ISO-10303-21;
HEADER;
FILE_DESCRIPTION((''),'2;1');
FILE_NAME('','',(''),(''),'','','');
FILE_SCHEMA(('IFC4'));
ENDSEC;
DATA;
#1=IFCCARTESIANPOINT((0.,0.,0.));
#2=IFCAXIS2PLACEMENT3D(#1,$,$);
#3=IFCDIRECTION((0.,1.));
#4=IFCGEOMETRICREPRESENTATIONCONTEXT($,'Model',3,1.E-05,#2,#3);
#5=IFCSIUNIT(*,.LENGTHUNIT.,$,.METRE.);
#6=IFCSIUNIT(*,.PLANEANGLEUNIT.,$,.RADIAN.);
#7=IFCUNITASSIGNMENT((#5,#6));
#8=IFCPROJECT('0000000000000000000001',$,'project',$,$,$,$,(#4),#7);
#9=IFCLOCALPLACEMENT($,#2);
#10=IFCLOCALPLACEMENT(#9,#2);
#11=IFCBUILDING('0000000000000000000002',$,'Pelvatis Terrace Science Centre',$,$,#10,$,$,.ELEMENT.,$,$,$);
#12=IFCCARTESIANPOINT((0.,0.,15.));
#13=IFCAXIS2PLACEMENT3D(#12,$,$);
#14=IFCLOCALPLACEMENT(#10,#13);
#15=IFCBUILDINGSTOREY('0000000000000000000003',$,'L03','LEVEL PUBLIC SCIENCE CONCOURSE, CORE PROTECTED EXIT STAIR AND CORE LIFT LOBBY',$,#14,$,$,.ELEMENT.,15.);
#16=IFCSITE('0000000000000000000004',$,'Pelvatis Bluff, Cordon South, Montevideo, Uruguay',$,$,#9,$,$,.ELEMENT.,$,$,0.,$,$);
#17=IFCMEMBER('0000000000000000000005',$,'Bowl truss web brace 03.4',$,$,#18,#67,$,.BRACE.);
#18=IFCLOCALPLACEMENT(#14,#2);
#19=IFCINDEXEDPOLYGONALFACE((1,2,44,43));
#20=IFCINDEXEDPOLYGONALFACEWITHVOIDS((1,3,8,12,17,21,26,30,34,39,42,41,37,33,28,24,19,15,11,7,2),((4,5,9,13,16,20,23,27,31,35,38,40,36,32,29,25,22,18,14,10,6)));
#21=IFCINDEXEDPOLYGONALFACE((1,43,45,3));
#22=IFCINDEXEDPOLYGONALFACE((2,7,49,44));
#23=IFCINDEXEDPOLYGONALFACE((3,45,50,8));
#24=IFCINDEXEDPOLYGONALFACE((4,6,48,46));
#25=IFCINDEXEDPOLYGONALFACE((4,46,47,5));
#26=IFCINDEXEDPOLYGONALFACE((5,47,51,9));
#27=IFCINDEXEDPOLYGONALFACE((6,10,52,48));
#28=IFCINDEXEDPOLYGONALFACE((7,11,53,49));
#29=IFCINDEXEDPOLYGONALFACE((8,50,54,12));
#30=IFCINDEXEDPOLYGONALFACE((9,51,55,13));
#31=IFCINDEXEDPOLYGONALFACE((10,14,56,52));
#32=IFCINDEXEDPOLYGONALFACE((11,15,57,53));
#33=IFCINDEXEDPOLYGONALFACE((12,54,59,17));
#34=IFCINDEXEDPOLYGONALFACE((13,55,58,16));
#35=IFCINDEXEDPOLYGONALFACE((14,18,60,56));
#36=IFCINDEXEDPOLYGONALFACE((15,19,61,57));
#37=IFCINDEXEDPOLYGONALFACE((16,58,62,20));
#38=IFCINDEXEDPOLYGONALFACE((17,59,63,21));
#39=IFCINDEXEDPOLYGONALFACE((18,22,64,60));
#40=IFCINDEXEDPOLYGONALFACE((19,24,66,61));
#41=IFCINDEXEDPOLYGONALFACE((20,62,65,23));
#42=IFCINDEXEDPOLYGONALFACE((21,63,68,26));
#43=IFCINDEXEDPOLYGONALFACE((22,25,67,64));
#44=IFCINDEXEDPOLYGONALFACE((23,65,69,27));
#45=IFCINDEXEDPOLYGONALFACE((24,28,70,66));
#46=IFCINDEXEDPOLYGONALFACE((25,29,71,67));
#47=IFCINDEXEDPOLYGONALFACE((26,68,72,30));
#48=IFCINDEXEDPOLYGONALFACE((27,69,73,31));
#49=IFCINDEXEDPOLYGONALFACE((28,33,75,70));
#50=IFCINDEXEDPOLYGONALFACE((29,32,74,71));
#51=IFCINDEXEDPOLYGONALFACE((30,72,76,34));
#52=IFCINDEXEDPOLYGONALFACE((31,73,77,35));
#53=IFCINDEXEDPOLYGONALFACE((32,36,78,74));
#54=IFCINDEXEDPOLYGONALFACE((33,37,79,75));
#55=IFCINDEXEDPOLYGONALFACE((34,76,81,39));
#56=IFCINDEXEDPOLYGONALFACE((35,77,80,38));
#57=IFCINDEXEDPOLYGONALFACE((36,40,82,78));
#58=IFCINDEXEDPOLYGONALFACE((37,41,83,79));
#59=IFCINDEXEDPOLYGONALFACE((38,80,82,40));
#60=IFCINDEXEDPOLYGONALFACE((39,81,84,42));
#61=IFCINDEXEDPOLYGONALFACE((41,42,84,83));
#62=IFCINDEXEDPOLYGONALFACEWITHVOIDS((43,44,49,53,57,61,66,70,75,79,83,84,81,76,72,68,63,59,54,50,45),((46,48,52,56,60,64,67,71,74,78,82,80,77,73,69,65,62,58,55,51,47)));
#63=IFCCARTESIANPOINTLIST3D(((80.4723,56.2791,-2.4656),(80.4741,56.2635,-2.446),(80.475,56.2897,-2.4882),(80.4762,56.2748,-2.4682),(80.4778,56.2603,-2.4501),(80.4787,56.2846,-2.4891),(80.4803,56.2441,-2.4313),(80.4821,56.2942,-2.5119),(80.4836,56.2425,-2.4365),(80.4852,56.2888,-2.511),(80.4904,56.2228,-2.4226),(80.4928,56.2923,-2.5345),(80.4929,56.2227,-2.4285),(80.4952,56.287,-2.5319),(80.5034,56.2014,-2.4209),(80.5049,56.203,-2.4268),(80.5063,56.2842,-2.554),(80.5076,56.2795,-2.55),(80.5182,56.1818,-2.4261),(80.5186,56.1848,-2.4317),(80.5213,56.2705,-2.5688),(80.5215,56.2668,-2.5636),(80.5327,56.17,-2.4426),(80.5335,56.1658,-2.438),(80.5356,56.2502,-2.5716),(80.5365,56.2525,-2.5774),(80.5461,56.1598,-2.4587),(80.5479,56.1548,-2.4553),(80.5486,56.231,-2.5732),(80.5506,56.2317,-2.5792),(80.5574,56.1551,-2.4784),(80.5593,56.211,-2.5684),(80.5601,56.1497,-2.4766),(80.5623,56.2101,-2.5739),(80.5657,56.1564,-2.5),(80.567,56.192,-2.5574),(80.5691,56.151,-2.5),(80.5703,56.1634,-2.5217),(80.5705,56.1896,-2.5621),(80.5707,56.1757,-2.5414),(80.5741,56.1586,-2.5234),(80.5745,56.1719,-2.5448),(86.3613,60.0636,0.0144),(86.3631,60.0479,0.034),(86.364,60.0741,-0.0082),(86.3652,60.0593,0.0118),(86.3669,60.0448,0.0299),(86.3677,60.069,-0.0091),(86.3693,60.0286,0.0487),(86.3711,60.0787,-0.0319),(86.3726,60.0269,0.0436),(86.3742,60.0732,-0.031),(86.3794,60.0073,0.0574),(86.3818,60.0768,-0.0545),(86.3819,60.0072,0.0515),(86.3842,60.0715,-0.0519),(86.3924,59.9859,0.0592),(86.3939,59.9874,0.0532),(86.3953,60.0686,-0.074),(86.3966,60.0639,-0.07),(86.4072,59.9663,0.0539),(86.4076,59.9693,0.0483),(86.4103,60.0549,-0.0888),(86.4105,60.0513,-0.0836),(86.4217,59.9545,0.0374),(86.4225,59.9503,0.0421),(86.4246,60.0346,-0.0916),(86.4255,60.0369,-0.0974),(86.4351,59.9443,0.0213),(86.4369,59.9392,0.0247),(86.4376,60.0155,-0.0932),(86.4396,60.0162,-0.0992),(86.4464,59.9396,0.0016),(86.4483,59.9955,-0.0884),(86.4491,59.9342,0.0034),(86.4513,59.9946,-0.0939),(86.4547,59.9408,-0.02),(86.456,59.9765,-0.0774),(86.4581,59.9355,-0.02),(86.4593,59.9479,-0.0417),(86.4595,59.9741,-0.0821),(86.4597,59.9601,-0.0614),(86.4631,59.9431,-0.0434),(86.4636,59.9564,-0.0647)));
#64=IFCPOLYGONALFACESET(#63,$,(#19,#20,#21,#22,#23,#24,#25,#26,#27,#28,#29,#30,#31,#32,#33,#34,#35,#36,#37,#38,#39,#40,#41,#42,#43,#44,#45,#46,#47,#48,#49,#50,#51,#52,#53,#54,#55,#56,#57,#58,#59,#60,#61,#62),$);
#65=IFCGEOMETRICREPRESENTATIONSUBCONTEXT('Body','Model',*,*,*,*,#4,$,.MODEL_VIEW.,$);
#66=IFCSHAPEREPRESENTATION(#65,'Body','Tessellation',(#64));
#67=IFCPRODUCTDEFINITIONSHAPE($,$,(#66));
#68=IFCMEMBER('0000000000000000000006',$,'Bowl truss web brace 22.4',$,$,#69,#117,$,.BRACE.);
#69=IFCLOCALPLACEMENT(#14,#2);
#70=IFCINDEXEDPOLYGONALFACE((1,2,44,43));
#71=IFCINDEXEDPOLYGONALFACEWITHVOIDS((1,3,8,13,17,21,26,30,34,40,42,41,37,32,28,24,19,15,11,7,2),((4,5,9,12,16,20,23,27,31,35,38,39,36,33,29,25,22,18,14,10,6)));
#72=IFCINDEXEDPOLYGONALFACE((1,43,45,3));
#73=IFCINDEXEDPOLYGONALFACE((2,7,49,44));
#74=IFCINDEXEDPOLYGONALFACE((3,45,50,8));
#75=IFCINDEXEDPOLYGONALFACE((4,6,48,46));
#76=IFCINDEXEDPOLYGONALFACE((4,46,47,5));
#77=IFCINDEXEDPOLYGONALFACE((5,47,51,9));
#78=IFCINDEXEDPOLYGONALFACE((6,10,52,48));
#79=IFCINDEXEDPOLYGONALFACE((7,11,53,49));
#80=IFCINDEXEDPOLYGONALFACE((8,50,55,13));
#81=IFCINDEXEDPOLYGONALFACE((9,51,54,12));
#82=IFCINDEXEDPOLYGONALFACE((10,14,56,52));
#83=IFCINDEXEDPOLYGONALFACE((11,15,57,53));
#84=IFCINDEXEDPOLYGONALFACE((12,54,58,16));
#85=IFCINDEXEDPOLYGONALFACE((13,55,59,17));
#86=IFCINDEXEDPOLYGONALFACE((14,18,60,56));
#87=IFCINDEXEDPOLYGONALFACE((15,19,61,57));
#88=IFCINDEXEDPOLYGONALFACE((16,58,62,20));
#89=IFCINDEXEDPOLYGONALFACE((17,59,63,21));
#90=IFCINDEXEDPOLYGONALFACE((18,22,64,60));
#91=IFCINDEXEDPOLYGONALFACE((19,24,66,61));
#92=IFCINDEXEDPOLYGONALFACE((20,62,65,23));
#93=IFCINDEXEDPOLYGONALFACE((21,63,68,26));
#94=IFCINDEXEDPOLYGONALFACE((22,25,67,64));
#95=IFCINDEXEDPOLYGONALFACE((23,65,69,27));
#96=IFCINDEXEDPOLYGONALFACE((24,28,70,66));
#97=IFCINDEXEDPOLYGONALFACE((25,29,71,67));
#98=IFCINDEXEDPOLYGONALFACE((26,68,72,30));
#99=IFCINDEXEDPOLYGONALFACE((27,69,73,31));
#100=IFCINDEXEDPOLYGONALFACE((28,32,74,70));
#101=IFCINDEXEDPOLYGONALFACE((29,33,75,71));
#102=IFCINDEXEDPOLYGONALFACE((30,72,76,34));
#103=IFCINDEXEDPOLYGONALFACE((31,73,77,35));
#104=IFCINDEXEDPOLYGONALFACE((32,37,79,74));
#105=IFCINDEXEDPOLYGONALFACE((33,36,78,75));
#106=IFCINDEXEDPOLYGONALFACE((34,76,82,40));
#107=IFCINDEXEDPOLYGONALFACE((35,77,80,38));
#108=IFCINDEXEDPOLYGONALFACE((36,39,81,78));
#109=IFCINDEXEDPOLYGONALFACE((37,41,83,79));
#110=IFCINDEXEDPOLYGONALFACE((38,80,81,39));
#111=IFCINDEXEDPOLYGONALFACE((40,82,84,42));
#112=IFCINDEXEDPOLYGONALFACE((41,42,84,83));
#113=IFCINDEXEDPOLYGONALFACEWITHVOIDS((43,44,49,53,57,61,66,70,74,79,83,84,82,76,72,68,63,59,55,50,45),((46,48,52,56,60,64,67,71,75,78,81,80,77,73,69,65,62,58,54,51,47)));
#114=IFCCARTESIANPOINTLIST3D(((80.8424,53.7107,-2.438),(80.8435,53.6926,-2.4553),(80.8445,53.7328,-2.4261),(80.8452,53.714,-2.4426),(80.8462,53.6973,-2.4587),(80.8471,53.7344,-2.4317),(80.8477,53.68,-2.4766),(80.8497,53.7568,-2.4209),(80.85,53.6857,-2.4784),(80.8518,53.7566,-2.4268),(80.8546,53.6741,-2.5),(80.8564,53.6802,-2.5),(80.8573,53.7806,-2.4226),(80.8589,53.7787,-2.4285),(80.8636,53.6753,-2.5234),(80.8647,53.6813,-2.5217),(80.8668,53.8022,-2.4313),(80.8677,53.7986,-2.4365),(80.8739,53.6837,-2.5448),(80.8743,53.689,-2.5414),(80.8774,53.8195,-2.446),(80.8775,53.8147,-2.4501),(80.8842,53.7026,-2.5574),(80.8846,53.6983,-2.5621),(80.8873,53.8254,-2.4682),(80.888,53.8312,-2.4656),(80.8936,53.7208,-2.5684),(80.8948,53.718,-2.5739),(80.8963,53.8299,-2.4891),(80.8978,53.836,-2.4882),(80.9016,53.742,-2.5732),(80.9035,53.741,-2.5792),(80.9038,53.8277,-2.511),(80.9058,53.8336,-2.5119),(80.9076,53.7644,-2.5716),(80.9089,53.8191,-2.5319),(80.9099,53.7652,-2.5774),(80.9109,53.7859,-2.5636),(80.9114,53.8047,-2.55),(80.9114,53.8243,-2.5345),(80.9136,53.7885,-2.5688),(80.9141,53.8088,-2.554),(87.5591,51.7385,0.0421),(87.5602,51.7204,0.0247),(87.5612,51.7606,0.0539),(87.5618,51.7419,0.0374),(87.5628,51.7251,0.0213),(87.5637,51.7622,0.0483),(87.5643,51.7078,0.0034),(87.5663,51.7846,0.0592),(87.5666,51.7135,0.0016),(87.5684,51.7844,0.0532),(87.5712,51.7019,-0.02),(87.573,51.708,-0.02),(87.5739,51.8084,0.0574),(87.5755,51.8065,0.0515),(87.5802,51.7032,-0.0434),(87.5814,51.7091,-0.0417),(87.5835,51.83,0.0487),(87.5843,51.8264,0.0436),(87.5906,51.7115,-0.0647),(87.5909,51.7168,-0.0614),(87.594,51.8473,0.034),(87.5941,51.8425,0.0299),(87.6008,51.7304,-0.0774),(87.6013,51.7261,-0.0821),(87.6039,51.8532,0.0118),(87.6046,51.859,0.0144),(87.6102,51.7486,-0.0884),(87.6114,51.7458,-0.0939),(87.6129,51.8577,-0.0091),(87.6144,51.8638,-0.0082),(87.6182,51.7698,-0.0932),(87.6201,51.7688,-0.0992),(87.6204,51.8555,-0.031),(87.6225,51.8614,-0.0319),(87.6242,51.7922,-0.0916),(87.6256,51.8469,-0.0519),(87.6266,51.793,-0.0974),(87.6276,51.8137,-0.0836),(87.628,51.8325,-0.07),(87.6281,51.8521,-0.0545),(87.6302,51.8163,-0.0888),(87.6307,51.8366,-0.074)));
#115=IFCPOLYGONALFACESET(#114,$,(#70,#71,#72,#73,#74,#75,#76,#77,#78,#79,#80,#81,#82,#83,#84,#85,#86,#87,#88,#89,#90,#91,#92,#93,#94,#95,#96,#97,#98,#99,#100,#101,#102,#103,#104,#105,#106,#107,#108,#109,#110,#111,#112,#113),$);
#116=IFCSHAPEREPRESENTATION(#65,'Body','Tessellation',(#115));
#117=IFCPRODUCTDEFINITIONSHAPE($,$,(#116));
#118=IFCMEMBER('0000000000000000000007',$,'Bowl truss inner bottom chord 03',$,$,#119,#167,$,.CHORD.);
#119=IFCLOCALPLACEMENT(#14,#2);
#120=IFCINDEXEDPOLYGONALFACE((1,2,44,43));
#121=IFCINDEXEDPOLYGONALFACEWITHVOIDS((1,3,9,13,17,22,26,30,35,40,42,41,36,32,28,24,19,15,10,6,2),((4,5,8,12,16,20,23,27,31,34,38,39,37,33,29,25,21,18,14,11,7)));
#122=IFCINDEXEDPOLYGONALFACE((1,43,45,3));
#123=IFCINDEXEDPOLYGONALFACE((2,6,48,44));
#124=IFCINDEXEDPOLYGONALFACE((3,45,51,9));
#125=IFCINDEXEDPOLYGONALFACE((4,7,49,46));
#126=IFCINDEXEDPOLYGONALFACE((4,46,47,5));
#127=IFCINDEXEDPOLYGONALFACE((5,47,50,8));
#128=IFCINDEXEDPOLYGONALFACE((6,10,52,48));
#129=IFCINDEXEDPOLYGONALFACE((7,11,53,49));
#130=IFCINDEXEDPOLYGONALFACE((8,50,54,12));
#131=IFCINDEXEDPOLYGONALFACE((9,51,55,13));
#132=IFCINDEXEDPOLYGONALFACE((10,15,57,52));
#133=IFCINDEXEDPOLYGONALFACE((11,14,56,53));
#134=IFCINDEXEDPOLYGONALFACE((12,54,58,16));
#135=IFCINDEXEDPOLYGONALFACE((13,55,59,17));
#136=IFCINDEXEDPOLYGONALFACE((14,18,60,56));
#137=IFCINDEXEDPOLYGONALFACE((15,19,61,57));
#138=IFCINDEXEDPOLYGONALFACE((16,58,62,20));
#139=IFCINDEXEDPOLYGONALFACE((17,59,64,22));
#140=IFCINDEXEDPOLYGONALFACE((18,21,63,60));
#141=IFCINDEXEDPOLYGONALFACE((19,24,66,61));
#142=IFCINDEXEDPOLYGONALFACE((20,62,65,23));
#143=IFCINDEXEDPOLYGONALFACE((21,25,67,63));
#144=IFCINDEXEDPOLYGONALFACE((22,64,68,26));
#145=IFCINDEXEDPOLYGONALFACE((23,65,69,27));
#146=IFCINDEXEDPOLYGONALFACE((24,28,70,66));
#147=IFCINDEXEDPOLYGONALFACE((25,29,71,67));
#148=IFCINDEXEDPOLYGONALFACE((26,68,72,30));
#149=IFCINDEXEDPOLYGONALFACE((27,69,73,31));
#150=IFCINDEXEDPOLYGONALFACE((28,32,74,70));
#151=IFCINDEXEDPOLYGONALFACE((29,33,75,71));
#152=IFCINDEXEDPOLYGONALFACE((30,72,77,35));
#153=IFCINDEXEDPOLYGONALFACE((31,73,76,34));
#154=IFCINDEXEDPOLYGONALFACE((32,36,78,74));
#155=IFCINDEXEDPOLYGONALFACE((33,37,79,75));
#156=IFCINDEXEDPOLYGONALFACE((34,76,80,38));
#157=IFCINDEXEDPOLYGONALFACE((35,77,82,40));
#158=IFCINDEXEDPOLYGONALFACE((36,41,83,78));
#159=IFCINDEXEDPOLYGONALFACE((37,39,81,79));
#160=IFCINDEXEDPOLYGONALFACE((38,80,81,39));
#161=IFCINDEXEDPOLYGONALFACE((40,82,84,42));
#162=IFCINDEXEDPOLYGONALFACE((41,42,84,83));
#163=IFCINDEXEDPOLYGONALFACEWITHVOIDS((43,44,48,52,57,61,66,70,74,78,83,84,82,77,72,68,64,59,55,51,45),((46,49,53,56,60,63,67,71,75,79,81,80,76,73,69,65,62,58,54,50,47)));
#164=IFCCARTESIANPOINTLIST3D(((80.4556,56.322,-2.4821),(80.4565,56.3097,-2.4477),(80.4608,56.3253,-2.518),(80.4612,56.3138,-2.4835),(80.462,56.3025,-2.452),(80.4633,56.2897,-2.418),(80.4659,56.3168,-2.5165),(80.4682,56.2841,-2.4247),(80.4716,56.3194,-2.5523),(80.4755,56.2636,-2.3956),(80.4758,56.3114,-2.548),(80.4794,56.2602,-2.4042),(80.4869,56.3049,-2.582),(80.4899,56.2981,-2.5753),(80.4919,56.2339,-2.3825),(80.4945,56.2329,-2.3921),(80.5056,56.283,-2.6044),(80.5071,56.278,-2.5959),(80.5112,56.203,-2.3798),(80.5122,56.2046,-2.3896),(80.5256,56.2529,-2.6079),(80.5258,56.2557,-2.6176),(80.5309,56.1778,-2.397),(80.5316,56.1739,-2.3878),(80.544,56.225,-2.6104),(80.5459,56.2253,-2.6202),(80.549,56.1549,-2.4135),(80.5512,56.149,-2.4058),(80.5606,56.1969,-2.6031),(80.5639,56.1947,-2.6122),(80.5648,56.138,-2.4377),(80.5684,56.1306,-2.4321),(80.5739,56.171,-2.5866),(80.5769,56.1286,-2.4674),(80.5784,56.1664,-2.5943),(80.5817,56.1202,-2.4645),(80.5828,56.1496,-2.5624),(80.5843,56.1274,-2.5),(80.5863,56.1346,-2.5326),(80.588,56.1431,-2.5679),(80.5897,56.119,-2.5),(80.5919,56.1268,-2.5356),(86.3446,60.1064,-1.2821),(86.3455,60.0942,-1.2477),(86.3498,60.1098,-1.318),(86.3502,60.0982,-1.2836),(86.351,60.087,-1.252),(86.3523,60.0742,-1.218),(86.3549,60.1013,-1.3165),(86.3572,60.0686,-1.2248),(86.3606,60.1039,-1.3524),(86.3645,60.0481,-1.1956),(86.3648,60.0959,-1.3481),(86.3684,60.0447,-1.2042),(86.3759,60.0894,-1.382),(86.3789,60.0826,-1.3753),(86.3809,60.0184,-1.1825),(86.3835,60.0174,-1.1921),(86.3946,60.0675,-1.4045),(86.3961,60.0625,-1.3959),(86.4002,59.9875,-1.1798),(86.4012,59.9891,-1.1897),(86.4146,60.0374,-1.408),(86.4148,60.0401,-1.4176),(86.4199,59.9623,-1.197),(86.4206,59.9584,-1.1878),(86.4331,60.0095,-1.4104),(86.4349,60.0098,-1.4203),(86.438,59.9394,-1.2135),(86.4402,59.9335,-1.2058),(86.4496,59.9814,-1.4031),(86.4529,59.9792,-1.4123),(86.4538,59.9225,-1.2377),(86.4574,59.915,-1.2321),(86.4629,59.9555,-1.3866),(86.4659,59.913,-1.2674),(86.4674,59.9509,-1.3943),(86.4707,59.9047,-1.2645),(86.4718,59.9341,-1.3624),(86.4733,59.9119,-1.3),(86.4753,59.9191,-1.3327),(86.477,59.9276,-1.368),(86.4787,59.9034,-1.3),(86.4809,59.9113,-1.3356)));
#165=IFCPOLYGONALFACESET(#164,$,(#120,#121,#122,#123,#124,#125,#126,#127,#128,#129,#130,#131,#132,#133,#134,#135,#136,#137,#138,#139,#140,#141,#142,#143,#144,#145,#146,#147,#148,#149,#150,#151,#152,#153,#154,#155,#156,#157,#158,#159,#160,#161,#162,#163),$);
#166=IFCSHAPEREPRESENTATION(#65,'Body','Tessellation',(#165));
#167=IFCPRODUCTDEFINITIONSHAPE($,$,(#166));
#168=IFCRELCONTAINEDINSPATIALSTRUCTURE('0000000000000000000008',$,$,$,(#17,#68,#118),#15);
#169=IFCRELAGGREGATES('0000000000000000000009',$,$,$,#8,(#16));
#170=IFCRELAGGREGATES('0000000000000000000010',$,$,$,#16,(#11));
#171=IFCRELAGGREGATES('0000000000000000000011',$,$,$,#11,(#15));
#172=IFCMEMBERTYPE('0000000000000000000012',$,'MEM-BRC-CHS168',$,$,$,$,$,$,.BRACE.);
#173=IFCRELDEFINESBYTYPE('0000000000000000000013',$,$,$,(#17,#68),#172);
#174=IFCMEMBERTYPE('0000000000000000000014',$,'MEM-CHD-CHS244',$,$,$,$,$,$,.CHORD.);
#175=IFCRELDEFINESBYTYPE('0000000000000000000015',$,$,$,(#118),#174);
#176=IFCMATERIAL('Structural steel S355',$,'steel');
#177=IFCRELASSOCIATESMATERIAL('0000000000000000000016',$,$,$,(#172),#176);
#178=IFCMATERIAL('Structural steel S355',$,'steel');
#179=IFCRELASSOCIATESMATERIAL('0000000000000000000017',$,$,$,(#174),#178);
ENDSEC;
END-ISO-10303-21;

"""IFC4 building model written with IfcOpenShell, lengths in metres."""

from ifc_helpers import new_model, si_unit, direction, frame, origin, origin_2d, place, context, subcontext, project, spatial, hollow_circle, extrude, material, material_profile, profile_set, type_object, element, save


model = new_model("IFC4")

# Units and contexts
model_context = context("Model", 3, precision=1e-05, world=origin(), true_north=direction((0.0, 1.0)))
body_context = subcontext(model_context, "Body", "Model", "MODEL_VIEW")
ifc_project = project(units=[si_unit("LENGTHUNIT", "METRE"), si_unit("PLANEANGLEUNIT", "RADIAN")], contexts=[model_context])

# Site, building, storey
site_placement = place(None, origin())
site = spatial("IfcSite", under=ifc_project, at=site_placement, Name="Pelvatis Bluff, Cordon South, Montevideo, Uruguay", CompositionType="ELEMENT", RefElevation=0.0)
building_placement = place(site_placement, origin())
building = spatial("IfcBuilding", under=site, at=building_placement, Name="Pelvatis Terrace Science Centre", CompositionType="ELEMENT")
storey_placement = place(building_placement, frame((0.0, 0.0, 15.0)))
storey = spatial("IfcBuildingStorey", under=building, at=storey_placement, Name="L03", Description="LEVEL PUBLIC SCIENCE CONCOURSE, CORE PROTECTED EXIT STAIR AND CORE LIFT LOBBY", CompositionType="ELEMENT", Elevation=15.0)

# Members
ifc_material_1 = material(Name="Structural steel S355", Category="steel")
ifc_material_profile_1 = material_profile(ifc_material_1, hollow_circle(Radius=0.0842, WallThickness=0.0063, at=origin_2d()), Name="CHS 168.3x6.3")
ifc_profile_set_1 = profile_set([ifc_material_profile_1], Name="Structural steel S355")
member_type_1 = type_object("IfcMemberType", Name="MEM-BRC-CHS168", PredefinedType="BRACE", material=ifc_profile_set_1)
for number, where, z_axis, x_axis, name in (
    (1, (86.4126, 60.0063, -0.02), (-0.79297, -0.50959, -0.333941), (0.540625, -0.841263, 0.0), "Bowl truss web brace 03.4"),
    (2, (87.595, 51.7827, -0.02), (-0.904412, 0.265561, -0.33394), (-0.281734, -0.959493, 0.0), "Bowl truss web brace 22.4"),
):
    element("IfcMember", number, at=place(storey_placement, frame(where, z_axis=z_axis, x_axis=x_axis)), inside=storey, type_object=member_type_1, Name=name, PredefinedType="BRACE", context=body_context, shape_type="SweptSolid", body=[
        extrude(hollow_circle(Radius=0.0842, WallThickness=0.0063, at=origin_2d()), origin(), (0.0, 0.0, 1.0), 7.4265),
    ])
ifc_material_2 = material(Name="Structural steel S355", Category="steel")
ifc_material_profile_2 = material_profile(ifc_material_2, hollow_circle(Radius=0.1223, WallThickness=0.01, at=origin_2d()), Name="CHS 244.5x10.0")
ifc_profile_set_2 = profile_set([ifc_material_profile_2], Name="Structural steel S355")
member_type_2 = type_object("IfcMemberType", Name="MEM-CHD-CHS244", PredefinedType="CHORD", material=ifc_profile_set_2)
for number, where, z_axis, x_axis, name in (
    (3, (86.4126, 60.0063, -1.3), (-0.829169, -0.532853, -0.168955), (0.540625, -0.841263, 0.0), "Bowl truss inner bottom chord 03"),
):
    element("IfcMember", number, at=place(storey_placement, frame(where, z_axis=z_axis, x_axis=x_axis)), inside=storey, type_object=member_type_2, Name=name, PredefinedType="CHORD", context=body_context, shape_type="SweptSolid", body=[
        extrude(hollow_circle(Radius=0.1223, WallThickness=0.01, at=origin_2d()), origin(), (0.0, 0.0, 1.0), 7.1023),
    ])

save(model, "model.ifc")
